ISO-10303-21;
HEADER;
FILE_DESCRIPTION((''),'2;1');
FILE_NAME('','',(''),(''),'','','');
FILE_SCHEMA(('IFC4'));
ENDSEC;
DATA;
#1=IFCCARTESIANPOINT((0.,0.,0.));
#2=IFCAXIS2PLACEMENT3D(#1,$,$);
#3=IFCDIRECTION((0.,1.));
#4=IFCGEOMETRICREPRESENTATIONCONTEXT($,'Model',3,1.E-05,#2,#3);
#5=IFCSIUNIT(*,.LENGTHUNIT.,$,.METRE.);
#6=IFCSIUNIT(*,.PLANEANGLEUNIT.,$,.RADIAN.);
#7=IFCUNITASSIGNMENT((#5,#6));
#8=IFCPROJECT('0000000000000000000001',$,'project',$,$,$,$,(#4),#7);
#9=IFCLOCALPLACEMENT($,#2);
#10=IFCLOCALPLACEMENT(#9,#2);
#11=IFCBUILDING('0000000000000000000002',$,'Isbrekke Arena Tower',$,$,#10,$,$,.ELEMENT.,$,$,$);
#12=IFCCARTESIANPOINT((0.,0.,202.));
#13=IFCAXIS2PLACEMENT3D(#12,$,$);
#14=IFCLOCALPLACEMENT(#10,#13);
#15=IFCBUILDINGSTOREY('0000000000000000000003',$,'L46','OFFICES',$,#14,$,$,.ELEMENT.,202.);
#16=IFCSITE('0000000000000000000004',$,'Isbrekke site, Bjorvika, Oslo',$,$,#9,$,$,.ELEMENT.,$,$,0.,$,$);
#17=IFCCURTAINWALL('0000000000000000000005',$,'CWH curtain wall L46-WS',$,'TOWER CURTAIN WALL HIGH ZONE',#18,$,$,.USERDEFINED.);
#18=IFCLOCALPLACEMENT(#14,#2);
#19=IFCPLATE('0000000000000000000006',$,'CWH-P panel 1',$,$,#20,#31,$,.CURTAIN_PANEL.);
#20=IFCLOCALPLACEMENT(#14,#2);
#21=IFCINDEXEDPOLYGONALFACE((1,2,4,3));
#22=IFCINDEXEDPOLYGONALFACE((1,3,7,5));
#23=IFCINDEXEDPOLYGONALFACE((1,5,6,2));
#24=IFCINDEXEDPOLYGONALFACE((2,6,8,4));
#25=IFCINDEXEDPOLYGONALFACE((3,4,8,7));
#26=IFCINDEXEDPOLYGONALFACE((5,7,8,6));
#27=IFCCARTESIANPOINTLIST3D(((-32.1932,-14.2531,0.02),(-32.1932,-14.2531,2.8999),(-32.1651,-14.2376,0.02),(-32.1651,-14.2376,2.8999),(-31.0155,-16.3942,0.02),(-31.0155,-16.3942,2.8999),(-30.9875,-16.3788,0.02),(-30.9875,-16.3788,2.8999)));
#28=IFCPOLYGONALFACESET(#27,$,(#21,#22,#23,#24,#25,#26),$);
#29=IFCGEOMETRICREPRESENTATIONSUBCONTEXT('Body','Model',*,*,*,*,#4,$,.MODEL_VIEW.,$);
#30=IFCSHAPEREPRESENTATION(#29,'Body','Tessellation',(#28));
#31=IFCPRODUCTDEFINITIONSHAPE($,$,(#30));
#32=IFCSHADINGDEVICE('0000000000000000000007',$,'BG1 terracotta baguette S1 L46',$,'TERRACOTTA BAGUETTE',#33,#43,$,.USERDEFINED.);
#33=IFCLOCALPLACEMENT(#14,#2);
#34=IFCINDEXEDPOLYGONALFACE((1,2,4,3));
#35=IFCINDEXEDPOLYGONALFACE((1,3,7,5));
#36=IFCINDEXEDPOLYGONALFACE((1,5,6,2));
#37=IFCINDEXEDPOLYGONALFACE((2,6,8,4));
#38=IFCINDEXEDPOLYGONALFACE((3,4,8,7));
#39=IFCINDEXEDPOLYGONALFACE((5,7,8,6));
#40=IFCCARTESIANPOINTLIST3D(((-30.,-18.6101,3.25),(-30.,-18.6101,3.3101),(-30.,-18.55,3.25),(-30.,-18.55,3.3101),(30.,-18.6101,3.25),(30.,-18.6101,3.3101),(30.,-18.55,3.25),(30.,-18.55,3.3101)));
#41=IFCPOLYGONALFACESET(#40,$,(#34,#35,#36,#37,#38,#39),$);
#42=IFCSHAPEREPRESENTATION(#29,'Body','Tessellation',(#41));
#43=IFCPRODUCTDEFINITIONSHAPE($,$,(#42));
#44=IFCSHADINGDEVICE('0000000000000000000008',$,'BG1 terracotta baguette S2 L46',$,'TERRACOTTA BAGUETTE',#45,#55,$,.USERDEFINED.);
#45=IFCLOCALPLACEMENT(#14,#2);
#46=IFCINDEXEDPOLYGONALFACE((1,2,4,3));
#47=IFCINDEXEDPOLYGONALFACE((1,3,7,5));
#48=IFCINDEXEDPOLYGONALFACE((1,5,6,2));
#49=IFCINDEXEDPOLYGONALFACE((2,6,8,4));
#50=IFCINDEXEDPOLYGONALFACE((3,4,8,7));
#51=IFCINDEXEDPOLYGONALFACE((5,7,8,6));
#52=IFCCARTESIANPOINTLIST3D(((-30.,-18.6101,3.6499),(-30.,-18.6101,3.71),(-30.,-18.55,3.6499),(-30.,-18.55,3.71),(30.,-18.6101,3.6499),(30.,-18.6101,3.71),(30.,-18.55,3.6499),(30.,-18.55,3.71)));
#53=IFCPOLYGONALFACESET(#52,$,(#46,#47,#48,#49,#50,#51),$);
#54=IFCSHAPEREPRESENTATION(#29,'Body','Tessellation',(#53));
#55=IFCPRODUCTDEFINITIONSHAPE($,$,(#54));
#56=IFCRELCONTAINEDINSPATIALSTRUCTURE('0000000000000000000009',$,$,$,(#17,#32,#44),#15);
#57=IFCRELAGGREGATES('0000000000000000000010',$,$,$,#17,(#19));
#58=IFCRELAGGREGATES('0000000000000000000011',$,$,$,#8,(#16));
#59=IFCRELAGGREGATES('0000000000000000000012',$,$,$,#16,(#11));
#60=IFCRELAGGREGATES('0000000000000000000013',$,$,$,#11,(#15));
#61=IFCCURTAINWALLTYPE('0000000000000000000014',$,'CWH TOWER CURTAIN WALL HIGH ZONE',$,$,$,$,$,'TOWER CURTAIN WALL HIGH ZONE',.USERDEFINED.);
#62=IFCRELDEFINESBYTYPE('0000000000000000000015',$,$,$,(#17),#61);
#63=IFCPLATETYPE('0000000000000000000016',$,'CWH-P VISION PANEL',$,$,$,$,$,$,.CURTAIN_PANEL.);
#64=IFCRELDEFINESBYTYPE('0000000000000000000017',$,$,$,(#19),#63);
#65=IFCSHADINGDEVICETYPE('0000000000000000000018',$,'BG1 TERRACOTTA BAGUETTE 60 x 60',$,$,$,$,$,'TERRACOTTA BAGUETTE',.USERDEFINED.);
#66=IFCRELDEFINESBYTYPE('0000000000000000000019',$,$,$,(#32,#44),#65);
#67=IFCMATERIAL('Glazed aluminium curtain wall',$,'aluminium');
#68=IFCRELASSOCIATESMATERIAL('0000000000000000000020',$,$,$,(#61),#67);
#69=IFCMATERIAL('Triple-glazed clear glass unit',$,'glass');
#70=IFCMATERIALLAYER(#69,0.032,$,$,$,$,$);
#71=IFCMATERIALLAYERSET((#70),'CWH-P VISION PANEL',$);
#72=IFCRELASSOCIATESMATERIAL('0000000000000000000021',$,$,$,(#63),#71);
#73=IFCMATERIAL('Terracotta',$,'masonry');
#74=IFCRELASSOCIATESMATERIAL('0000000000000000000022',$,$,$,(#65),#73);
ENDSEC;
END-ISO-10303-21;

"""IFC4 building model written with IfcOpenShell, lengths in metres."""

from ifc_helpers import new_model, si_unit, direction, frame, origin, origin_2d, place, context, subcontext, project, spatial, rectangle, extrude, material, layer, layer_set, material_profile, profile_set, type_object, element, aggregate, save


model = new_model("IFC4")

# Units and contexts
model_context = context("Model", 3, precision=1e-05, world=origin(), true_north=direction((0.0, 1.0)))
body_context = subcontext(model_context, "Body", "Model", "MODEL_VIEW")
ifc_project = project(units=[si_unit("LENGTHUNIT", "METRE"), si_unit("PLANEANGLEUNIT", "RADIAN")], contexts=[model_context])

# Site, building, storey
site_placement = place(None, origin())
site = spatial("IfcSite", under=ifc_project, at=site_placement, Name="Isbrekke site, Bjorvika, Oslo", CompositionType="ELEMENT", RefElevation=0.0)
building_placement = place(site_placement, origin())
building = spatial("IfcBuilding", under=site, at=building_placement, Name="Isbrekke Arena Tower", CompositionType="ELEMENT")
storey_placement = place(building_placement, frame((0.0, 0.0, 202.0)))
storey = spatial("IfcBuildingStorey", under=building, at=storey_placement, Name="L46", Description="OFFICES", CompositionType="ELEMENT", Elevation=202.0)

# Curtain wall
ifc_material_1 = material(Name="Glazed aluminium curtain wall", Category="aluminium")
curtain_wall_type = type_object("IfcCurtainWallType", Name="CWH TOWER CURTAIN WALL HIGH ZONE", ElementType="TOWER CURTAIN WALL HIGH ZONE", PredefinedType="USERDEFINED", material=ifc_material_1)
curtain_wall_1_placement = place(storey_placement, origin())
curtain_wall_1 = element("IfcCurtainWall", 1, at=curtain_wall_1_placement, inside=storey, type_object=curtain_wall_type, Name="CWH curtain wall L46-WS", ObjectType="TOWER CURTAIN WALL HIGH ZONE", PredefinedType="USERDEFINED")

# Plate
ifc_material_2 = material(Name="Triple-glazed clear glass unit", Category="glass")
ifc_layer = layer(ifc_material_2, 0.032)
ifc_layer_set = layer_set([ifc_layer], Name="CWH-P VISION PANEL")
plate_type = type_object("IfcPlateType", Name="CWH-P VISION PANEL", PredefinedType="CURTAIN_PANEL", material=ifc_layer_set)
plate_1_placement = place(storey_placement, frame((-31.5903, -15.3159, 0.02), z_axis=(0.0, 0.0, 1.0), x_axis=(0.481919, -0.876216, 0.0)))
plate_1 = element("IfcPlate", 2, at=plate_1_placement, type_object=plate_type, Name="CWH-P panel 1", PredefinedType="CURTAIN_PANEL", context=body_context, shape_type="SweptSolid", body=[
    extrude(rectangle(XDim=2.4436, YDim=0.032, at=origin_2d()), origin(), (0.0, 0.0, 1.0), 2.8799),
])
aggregate(curtain_wall_1, [plate_1])

# Shading devices
ifc_material_3 = material(Name="Terracotta", Category="masonry")
ifc_material_profile_1 = material_profile(ifc_material_3, rectangle(XDim=0.0601, YDim=0.0601, at=origin_2d()), Name="BAGUETTE 60X60")
ifc_profile_set_1 = profile_set([ifc_material_profile_1], Name="Terracotta")
shading_device_type = type_object("IfcShadingDeviceType", Name="BG1 TERRACOTTA BAGUETTE 60 x 60", ElementType="TERRACOTTA BAGUETTE", PredefinedType="USERDEFINED", material=ifc_profile_set_1)
for number, where, z_axis, x_axis, name in (
    (3, (-30.0, -18.5801, 3.28), (1.0, 0.0, 0.0), (0.0, 1.0, 0.0), "BG1 terracotta baguette S1 L46"),
    (4, (-30.0, -18.5801, 3.6799), (1.0, 0.0, 0.0), (0.0, 1.0, 0.0), "BG1 terracotta baguette S2 L46"),
):
    element("IfcShadingDevice", number, at=place(storey_placement, frame(where, z_axis=z_axis, x_axis=x_axis)), inside=storey, type_object=shading_device_type, Name=name, ObjectType="TERRACOTTA BAGUETTE", PredefinedType="USERDEFINED", context=body_context, shape_type="SweptSolid", body=[
        extrude(rectangle(XDim=0.0601, YDim=0.0601, at=origin_2d()), origin(), (0.0, 0.0, 1.0), 60.0),
    ])

save(model, "model.ifc")
